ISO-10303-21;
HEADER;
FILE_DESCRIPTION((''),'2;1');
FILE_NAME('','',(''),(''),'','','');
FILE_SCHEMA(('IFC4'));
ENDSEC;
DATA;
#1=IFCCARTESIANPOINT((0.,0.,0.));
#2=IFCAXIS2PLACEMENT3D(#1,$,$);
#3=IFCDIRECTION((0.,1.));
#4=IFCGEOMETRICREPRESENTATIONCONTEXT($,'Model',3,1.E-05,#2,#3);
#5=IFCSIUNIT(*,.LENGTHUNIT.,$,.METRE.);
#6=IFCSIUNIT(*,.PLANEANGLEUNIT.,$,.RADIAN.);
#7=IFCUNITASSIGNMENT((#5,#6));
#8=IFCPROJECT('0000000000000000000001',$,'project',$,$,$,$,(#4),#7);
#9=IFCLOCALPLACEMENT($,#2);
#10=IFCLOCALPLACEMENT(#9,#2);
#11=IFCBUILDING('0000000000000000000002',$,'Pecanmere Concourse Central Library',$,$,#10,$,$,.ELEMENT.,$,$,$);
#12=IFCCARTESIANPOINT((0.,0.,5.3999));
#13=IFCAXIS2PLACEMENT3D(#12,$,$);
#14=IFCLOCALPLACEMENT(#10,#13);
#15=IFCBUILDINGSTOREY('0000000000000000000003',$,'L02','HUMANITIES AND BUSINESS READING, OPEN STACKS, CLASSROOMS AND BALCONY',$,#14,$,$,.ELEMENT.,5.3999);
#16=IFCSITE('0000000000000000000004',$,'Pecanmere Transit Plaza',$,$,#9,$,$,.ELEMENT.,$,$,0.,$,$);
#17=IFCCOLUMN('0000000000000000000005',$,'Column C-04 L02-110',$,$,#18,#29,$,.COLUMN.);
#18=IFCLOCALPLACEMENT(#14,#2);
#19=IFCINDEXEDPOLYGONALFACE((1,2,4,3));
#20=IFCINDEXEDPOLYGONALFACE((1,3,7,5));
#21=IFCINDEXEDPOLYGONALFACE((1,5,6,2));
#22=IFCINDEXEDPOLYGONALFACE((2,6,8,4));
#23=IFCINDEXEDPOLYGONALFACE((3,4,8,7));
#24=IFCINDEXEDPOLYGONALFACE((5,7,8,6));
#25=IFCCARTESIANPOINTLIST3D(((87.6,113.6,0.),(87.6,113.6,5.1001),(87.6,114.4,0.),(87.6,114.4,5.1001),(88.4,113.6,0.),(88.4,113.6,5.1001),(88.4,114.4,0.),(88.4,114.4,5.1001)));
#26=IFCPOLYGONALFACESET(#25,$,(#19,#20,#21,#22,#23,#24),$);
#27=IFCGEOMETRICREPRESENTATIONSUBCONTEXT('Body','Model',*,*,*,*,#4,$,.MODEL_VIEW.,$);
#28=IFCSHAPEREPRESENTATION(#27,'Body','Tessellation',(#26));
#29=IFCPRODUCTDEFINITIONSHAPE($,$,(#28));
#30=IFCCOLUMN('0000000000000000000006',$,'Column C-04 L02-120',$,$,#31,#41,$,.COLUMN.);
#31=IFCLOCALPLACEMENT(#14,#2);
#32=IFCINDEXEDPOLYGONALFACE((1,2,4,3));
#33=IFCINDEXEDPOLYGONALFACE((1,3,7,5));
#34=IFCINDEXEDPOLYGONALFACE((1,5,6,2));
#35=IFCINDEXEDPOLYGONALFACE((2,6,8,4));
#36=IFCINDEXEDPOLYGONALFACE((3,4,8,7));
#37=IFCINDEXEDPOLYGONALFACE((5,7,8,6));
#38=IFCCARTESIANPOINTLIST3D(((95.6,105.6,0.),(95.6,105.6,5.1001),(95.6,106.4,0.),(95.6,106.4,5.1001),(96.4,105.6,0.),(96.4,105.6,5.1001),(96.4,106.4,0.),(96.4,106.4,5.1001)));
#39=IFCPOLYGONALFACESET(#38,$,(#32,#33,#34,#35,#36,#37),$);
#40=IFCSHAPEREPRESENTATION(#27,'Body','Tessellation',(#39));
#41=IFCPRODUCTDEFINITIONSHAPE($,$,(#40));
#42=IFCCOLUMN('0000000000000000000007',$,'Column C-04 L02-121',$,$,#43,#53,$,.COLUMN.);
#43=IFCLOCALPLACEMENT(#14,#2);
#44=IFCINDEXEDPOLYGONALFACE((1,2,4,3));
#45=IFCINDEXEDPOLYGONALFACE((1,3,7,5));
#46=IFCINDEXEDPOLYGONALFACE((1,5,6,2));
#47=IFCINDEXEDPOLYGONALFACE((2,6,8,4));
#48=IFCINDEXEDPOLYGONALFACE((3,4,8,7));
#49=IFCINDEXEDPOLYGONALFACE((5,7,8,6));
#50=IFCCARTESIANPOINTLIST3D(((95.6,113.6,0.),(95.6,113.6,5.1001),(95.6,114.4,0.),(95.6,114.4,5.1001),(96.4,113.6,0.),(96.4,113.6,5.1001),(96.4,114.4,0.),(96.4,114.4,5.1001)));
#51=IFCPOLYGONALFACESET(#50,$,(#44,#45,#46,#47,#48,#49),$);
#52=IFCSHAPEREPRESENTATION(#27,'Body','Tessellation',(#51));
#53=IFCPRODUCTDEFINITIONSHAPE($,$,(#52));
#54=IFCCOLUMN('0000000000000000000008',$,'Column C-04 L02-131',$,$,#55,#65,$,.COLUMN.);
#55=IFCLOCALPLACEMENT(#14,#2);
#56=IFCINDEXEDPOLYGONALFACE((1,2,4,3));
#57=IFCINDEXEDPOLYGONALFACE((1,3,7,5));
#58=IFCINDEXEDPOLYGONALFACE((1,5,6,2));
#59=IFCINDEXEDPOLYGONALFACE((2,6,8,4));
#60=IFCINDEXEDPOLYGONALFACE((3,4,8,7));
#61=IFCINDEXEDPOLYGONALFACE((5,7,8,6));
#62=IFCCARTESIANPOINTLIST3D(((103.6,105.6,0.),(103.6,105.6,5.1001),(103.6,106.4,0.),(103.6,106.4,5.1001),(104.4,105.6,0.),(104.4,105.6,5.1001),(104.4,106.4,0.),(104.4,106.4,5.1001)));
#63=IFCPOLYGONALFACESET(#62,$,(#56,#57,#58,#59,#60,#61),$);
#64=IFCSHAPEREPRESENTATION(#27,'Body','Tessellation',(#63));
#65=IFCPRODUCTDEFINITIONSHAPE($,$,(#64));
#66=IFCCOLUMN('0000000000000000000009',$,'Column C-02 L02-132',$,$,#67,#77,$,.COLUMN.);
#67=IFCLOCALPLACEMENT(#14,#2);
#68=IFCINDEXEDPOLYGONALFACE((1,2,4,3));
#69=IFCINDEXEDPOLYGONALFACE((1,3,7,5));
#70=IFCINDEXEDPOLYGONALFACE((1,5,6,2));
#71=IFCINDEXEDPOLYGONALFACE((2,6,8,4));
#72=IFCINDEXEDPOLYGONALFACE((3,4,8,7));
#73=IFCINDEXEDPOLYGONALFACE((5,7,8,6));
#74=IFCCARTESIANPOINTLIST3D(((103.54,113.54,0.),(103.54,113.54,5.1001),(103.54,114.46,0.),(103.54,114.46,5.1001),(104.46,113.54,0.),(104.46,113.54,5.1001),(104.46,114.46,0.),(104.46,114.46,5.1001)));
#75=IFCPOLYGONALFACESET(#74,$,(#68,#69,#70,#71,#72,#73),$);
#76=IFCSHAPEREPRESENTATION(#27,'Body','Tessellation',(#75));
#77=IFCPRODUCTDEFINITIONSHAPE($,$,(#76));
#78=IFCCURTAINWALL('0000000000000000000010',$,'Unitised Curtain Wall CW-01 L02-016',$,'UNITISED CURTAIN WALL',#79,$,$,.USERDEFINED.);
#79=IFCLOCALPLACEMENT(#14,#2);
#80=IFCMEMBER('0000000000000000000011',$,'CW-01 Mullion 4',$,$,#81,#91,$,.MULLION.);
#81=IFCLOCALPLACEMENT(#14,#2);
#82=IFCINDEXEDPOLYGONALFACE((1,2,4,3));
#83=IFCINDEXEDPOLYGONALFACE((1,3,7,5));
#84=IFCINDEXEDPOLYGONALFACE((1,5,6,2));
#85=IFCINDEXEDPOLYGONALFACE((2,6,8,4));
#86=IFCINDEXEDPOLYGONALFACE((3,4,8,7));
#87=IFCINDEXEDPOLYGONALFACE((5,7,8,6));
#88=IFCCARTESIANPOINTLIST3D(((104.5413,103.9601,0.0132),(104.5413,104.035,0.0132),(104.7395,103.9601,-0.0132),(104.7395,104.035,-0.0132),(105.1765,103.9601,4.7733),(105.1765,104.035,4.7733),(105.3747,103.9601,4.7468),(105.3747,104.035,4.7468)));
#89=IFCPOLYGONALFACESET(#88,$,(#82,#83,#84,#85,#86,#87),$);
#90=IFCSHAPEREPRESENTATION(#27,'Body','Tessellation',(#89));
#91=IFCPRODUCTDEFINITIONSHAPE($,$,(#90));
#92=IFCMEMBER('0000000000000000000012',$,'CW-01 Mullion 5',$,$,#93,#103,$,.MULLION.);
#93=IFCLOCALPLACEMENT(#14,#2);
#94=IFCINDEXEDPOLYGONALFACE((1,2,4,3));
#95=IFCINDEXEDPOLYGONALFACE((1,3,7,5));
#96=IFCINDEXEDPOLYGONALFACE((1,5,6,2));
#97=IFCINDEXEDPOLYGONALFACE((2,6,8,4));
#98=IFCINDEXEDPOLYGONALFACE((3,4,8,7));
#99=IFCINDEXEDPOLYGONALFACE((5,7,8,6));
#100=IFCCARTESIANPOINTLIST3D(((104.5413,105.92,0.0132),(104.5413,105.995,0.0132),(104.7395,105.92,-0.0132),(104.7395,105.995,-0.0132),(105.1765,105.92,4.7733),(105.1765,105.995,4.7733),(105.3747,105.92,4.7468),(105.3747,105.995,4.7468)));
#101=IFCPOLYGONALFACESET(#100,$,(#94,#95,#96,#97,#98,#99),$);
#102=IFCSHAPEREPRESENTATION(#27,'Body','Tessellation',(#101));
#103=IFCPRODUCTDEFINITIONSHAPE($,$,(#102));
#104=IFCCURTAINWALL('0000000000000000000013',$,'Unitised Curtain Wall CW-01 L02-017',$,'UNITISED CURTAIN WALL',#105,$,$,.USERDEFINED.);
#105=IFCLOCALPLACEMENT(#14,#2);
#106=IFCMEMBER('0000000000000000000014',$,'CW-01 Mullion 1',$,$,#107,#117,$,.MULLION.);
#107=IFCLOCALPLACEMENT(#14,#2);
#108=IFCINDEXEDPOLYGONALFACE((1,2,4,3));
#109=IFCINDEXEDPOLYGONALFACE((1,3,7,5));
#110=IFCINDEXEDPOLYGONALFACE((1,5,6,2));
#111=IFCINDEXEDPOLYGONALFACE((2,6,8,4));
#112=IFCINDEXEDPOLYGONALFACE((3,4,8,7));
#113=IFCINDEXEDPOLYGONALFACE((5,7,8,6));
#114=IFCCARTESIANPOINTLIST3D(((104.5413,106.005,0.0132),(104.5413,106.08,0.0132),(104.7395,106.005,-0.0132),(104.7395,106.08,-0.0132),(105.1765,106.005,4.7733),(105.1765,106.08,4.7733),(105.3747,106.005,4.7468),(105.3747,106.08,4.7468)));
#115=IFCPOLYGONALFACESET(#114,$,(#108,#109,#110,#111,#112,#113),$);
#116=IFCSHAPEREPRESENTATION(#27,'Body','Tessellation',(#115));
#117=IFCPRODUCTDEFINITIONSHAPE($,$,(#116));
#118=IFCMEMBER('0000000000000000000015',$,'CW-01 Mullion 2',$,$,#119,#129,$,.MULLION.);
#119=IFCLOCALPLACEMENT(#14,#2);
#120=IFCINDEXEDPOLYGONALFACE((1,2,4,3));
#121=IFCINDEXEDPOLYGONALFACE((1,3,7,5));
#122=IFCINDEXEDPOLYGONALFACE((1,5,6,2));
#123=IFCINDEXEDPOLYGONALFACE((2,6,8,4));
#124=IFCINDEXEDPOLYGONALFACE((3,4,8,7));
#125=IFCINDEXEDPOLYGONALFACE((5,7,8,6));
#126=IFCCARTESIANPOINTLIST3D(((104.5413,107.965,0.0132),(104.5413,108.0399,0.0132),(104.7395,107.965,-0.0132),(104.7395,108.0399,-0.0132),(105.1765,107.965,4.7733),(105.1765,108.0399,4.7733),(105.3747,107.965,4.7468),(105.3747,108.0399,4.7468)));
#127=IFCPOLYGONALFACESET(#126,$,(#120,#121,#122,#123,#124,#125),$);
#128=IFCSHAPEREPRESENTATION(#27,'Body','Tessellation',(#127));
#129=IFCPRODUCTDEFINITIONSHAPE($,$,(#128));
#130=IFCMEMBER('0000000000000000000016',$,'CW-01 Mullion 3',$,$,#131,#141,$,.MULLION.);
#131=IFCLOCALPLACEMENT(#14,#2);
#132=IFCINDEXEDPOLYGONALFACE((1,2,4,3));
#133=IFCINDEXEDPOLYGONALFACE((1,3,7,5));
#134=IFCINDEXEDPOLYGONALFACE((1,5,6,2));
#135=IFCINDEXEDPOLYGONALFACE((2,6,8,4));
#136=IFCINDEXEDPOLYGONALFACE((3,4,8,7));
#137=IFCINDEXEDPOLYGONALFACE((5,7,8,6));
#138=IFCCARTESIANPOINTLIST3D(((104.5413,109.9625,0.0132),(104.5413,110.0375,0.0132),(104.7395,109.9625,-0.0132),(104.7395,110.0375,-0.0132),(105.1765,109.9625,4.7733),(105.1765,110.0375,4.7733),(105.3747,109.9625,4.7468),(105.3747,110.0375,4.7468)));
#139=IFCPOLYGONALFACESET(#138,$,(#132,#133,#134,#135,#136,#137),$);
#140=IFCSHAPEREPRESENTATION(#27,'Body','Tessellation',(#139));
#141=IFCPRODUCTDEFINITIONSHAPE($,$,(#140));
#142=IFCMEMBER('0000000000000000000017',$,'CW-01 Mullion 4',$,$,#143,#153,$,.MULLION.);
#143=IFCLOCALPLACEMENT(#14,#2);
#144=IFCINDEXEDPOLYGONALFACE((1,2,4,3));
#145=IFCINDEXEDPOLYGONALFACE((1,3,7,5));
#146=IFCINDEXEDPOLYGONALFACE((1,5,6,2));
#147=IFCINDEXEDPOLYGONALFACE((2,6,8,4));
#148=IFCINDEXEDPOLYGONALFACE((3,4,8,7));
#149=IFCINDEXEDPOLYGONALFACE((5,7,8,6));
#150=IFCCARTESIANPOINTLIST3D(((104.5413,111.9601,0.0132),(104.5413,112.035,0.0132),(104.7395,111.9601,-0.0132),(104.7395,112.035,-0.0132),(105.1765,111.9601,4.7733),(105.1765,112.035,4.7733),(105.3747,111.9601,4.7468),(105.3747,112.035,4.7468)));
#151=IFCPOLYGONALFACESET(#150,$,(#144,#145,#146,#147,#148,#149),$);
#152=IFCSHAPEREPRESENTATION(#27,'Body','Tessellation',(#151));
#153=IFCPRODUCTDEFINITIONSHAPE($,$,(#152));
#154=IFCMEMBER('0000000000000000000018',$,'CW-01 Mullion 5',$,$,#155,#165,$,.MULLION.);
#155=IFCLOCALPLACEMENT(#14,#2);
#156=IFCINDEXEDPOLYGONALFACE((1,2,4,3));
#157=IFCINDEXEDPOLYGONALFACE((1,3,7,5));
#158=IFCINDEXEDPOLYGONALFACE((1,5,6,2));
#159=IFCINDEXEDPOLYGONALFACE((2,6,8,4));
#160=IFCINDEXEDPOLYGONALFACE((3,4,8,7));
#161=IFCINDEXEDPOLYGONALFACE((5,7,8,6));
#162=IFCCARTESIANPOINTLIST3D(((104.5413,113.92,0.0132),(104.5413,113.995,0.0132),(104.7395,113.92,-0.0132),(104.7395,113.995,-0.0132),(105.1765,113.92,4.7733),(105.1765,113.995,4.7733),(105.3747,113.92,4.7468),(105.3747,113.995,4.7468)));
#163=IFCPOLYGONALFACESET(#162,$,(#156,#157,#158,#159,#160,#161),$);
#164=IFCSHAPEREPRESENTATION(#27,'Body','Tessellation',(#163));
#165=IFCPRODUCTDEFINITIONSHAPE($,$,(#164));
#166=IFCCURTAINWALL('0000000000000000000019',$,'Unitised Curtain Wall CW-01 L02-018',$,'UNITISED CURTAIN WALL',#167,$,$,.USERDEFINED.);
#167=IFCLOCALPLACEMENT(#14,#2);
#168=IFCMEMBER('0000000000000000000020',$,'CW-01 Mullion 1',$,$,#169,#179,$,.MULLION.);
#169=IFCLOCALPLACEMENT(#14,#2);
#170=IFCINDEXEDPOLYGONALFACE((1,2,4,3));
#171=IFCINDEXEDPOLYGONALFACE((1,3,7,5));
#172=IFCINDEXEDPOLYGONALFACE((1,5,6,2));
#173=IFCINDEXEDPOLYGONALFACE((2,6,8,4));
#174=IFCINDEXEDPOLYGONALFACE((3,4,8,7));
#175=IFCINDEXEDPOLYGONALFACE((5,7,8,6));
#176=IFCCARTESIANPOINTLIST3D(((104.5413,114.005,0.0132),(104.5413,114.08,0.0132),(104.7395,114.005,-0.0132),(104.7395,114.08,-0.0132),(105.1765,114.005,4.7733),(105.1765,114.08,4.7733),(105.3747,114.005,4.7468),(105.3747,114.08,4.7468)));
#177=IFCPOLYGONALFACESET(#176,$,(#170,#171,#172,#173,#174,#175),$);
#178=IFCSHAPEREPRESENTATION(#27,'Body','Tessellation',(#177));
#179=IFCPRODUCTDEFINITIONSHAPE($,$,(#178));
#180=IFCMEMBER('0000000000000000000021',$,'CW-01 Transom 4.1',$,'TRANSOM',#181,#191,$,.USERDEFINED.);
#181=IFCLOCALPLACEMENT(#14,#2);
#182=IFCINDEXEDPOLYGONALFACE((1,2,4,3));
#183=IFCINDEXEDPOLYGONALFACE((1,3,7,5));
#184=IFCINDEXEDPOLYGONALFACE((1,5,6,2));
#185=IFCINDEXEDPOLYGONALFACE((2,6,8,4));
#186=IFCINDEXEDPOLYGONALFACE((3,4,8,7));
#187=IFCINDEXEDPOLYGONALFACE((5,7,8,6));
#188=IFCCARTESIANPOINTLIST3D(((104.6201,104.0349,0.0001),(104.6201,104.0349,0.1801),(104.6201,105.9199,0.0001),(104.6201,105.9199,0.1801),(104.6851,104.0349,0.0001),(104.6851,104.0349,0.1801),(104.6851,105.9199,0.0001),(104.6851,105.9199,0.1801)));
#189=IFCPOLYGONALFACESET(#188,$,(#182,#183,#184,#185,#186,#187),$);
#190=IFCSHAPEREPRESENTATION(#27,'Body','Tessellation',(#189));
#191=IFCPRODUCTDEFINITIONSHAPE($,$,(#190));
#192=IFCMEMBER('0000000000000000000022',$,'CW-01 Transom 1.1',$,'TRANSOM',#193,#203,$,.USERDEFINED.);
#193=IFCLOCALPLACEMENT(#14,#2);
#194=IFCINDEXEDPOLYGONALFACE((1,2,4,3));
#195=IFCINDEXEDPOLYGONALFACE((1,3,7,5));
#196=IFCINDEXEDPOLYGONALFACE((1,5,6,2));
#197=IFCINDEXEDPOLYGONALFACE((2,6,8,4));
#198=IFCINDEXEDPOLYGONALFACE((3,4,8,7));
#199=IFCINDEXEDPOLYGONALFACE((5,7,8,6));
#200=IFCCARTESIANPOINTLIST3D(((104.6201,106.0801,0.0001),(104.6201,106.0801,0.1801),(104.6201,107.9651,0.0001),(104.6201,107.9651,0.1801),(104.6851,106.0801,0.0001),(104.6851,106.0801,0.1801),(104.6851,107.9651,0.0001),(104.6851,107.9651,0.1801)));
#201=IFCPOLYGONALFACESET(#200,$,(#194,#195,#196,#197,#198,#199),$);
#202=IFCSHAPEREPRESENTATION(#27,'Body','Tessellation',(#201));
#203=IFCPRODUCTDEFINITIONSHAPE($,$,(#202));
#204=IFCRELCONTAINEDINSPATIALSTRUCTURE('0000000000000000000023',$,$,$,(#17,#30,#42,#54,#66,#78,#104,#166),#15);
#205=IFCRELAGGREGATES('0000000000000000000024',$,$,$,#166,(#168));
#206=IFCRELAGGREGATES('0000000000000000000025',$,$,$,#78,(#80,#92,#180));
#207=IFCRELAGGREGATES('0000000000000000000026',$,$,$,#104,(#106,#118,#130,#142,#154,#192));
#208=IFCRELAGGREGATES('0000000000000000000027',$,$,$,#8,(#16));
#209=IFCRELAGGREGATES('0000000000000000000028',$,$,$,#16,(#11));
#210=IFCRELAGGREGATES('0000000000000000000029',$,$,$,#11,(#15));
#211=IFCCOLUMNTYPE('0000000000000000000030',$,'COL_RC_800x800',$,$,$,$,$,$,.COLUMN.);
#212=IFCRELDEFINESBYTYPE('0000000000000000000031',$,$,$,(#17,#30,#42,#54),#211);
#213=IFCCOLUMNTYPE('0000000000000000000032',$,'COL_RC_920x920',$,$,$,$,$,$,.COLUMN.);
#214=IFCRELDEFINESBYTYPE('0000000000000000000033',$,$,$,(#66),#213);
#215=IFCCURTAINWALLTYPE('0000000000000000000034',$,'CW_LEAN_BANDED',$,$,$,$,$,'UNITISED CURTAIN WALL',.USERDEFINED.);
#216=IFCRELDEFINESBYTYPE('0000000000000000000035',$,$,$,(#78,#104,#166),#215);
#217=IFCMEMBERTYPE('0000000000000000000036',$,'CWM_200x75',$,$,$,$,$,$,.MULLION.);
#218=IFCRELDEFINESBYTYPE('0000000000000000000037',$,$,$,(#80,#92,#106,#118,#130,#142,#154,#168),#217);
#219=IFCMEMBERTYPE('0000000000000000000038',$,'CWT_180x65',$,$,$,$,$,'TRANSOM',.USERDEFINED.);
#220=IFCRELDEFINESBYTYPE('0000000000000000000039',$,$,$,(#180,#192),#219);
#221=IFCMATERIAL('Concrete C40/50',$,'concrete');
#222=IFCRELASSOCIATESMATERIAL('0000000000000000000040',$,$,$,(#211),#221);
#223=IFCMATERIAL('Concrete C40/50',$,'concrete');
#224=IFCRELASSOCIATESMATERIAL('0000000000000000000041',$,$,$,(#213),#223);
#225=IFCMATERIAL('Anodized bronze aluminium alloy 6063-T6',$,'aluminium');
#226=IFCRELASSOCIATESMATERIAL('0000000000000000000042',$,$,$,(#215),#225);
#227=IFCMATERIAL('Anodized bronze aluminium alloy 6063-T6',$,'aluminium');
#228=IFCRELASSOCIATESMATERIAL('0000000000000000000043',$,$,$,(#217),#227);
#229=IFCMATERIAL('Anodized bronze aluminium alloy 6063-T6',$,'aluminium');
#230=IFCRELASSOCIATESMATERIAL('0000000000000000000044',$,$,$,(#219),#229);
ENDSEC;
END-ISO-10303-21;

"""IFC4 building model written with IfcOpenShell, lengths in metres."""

from ifc_helpers import new_model, si_unit, direction, frame, origin, origin_2d, place, context, subcontext, project, spatial, rectangle, extrude, material, material_profile, profile_set, type_object, element, aggregate, save


model = new_model("IFC4")

# Units and contexts
model_context = context("Model", 3, precision=1e-05, world=origin(), true_north=direction((0.0, 1.0)))
body_context = subcontext(model_context, "Body", "Model", "MODEL_VIEW")
ifc_project = project(units=[si_unit("LENGTHUNIT", "METRE"), si_unit("PLANEANGLEUNIT", "RADIAN")], contexts=[model_context])

# Site, building, storey
site_placement = place(None, origin())
site = spatial("IfcSite", under=ifc_project, at=site_placement, Name="Pecanmere Transit Plaza", CompositionType="ELEMENT", RefElevation=0.0)
building_placement = place(site_placement, origin())
building = spatial("IfcBuilding", under=site, at=building_placement, Name="Pecanmere Concourse Central Library", CompositionType="ELEMENT")
storey_placement = place(building_placement, frame((0.0, 0.0, 5.3999)))
storey = spatial("IfcBuildingStorey", under=building, at=storey_placement, Name="L02", Description="HUMANITIES AND BUSINESS READING, OPEN STACKS, CLASSROOMS AND BALCONY", CompositionType="ELEMENT", Elevation=5.3999)

# Columns
ifc_material_1 = material(Name="Concrete C40/50", Category="concrete")
ifc_material_profile_1 = material_profile(ifc_material_1, rectangle(XDim=0.8, YDim=0.8, at=origin_2d()), Name="RC 800x800")
ifc_profile_set_1 = profile_set([ifc_material_profile_1], Name="Concrete C40/50")
column_type_1 = type_object("IfcColumnType", Name="COL_RC_800x800", PredefinedType="COLUMN", material=ifc_profile_set_1)
for number, where, z_axis, x_axis, name in (
    (1, (88.0, 114.0, 0.0), (0.0, 0.0, 1.0), (1.0, 0.0, 0.0), "Column C-04 L02-110"),
    (2, (96.0, 106.0, 0.0), (0.0, 0.0, 1.0), (1.0, 0.0, 0.0), "Column C-04 L02-120"),
    (3, (96.0, 114.0, 0.0), (0.0, 0.0, 1.0), (1.0, 0.0, 0.0), "Column C-04 L02-121"),
    (4, (104.0, 106.0, 0.0), (0.0, 0.0, 1.0), (1.0, 0.0, 0.0), "Column C-04 L02-131"),
):
    element("IfcColumn", number, at=place(storey_placement, frame(where, z_axis=z_axis, x_axis=x_axis)), inside=storey, type_object=column_type_1, Name=name, PredefinedType="COLUMN", context=body_context, shape_type="SweptSolid", body=[
        extrude(rectangle(XDim=0.8, YDim=0.8, at=origin_2d()), origin(), (0.0, 0.0, 1.0), 5.1001),
    ])
ifc_material_2 = material(Name="Concrete C40/50", Category="concrete")
ifc_material_profile_2 = material_profile(ifc_material_2, rectangle(XDim=0.9199, YDim=0.9199, at=origin_2d()), Name="RC 920x920")
ifc_profile_set_2 = profile_set([ifc_material_profile_2], Name="Concrete C40/50")
column_type_2 = type_object("IfcColumnType", Name="COL_RC_920x920", PredefinedType="COLUMN", material=ifc_profile_set_2)
column_placement = place(storey_placement, frame((104.0, 114.0, 0.0), z_axis=(0.0, 0.0, 1.0), x_axis=(1.0, 0.0, 0.0)))
element("IfcColumn", 5, at=column_placement, inside=storey, type_object=column_type_2, Name="Column C-02 L02-132", PredefinedType="COLUMN", context=body_context, shape_type="SweptSolid", body=[
    extrude(rectangle(XDim=0.9199, YDim=0.9199, at=origin_2d()), origin(), (0.0, 0.0, 1.0), 5.1001),
])

# Curtain walls, members
ifc_material_3 = material(Name="Anodized bronze aluminium alloy 6063-T6", Category="aluminium")
curtain_wall_type = type_object("IfcCurtainWallType", Name="CW_LEAN_BANDED", ElementType="UNITISED CURTAIN WALL", PredefinedType="USERDEFINED", material=ifc_material_3)
curtain_wall_1_placement = place(storey_placement, origin())
curtain_wall_1 = element("IfcCurtainWall", 6, at=curtain_wall_1_placement, inside=storey, type_object=curtain_wall_type, Name="Unitised Curtain Wall CW-01 L02-016", ObjectType="UNITISED CURTAIN WALL", PredefinedType="USERDEFINED")
ifc_material_4 = material(Name="Anodized bronze aluminium alloy 6063-T6", Category="aluminium")
ifc_material_profile_3 = material_profile(ifc_material_4, rectangle(XDim=0.075, YDim=0.2, at=origin_2d()), Name="AL 75x200")
ifc_profile_set_3 = profile_set([ifc_material_profile_3], Name="Anodized bronze aluminium alloy 6063-T6")
member_type_1 = type_object("IfcMemberType", Name="CWM_200x75", PredefinedType="MULLION", material=ifc_profile_set_3)
member_1_placement = place(storey_placement, frame((104.6404, 103.9976, 0.0), z_axis=(0.132284, 0.0, 0.991212), x_axis=(0.0, 1.0, 0.0)))
member_1 = element("IfcMember", 7, at=member_1_placement, type_object=member_type_1, Name="CW-01 Mullion 4", PredefinedType="MULLION", context=body_context, shape_type="SweptSolid", body=[
    extrude(rectangle(XDim=0.075, YDim=0.2, at=origin_2d()), origin(), (0.0, 0.0, 1.0), 4.8022),
])
member_2_placement = place(storey_placement, frame((104.6404, 105.9575, 0.0), z_axis=(0.132284, 0.0, 0.991212), x_axis=(0.0, 1.0, 0.0)))
member_2 = element("IfcMember", 8, at=member_2_placement, type_object=member_type_1, Name="CW-01 Mullion 5", PredefinedType="MULLION", context=body_context, shape_type="SweptSolid", body=[
    extrude(rectangle(XDim=0.075, YDim=0.2, at=origin_2d()), origin(), (0.0, 0.0, 1.0), 4.8022),
])
curtain_wall_2_placement = place(storey_placement, origin())
curtain_wall_2 = element("IfcCurtainWall", 9, at=curtain_wall_2_placement, inside=storey, type_object=curtain_wall_type, Name="Unitised Curtain Wall CW-01 L02-017", ObjectType="UNITISED CURTAIN WALL", PredefinedType="USERDEFINED")
member_3_placement = place(storey_placement, frame((104.6404, 106.0425, 0.0), z_axis=(0.132284, 0.0, 0.991212), x_axis=(0.0, 1.0, 0.0)))
member_3 = element("IfcMember", 10, at=member_3_placement, type_object=member_type_1, Name="CW-01 Mullion 1", PredefinedType="MULLION", context=body_context, shape_type="SweptSolid", body=[
    extrude(rectangle(XDim=0.075, YDim=0.2, at=origin_2d()), origin(), (0.0, 0.0, 1.0), 4.8022),
])
member_4_placement = place(storey_placement, frame((104.6404, 108.0024, 0.0), z_axis=(0.132284, 0.0, 0.991212), x_axis=(0.0, 1.0, 0.0)))
member_4 = element("IfcMember", 11, at=member_4_placement, type_object=member_type_1, Name="CW-01 Mullion 2", PredefinedType="MULLION", context=body_context, shape_type="SweptSolid", body=[
    extrude(rectangle(XDim=0.075, YDim=0.2, at=origin_2d()), origin(), (0.0, 0.0, 1.0), 4.8022),
])
member_5_placement = place(storey_placement, frame((104.6404, 110.0, 0.0), z_axis=(0.132284, 0.0, 0.991212), x_axis=(0.0, 1.0, 0.0)))
member_5 = element("IfcMember", 12, at=member_5_placement, type_object=member_type_1, Name="CW-01 Mullion 3", PredefinedType="MULLION", context=body_context, shape_type="SweptSolid", body=[
    extrude(rectangle(XDim=0.075, YDim=0.2, at=origin_2d()), origin(), (0.0, 0.0, 1.0), 4.8022),
])
member_6_placement = place(storey_placement, frame((104.6404, 111.9976, 0.0), z_axis=(0.132284, 0.0, 0.991212), x_axis=(0.0, 1.0, 0.0)))
member_6 = element("IfcMember", 13, at=member_6_placement, type_object=member_type_1, Name="CW-01 Mullion 4", PredefinedType="MULLION", context=body_context, shape_type="SweptSolid", body=[
    extrude(rectangle(XDim=0.075, YDim=0.2, at=origin_2d()), origin(), (0.0, 0.0, 1.0), 4.8022),
])
member_7_placement = place(storey_placement, frame((104.6404, 113.9575, 0.0), z_axis=(0.132284, 0.0, 0.991212), x_axis=(0.0, 1.0, 0.0)))
member_7 = element("IfcMember", 14, at=member_7_placement, type_object=member_type_1, Name="CW-01 Mullion 5", PredefinedType="MULLION", context=body_context, shape_type="SweptSolid", body=[
    extrude(rectangle(XDim=0.075, YDim=0.2, at=origin_2d()), origin(), (0.0, 0.0, 1.0), 4.8022),
])

# Curtain wall, member
curtain_wall_3_placement = place(storey_placement, origin())
curtain_wall_3 = element("IfcCurtainWall", 15, at=curtain_wall_3_placement, inside=storey, type_object=curtain_wall_type, Name="Unitised Curtain Wall CW-01 L02-018", ObjectType="UNITISED CURTAIN WALL", PredefinedType="USERDEFINED")
member_8_placement = place(storey_placement, frame((104.6404, 114.0425, 0.0), z_axis=(0.132284, 0.0, 0.991212), x_axis=(0.0, 1.0, 0.0)))
member_8 = element("IfcMember", 16, at=member_8_placement, type_object=member_type_1, Name="CW-01 Mullion 1", PredefinedType="MULLION", context=body_context, shape_type="SweptSolid", body=[
    extrude(rectangle(XDim=0.075, YDim=0.2, at=origin_2d()), origin(), (0.0, 0.0, 1.0), 4.8022),
])

# Members
ifc_material_5 = material(Name="Anodized bronze aluminium alloy 6063-T6", Category="aluminium")
ifc_material_profile_4 = material_profile(ifc_material_5, rectangle(XDim=0.0649, YDim=0.1799, at=origin_2d()), Name="AL 65x180")
ifc_profile_set_4 = profile_set([ifc_material_profile_4], Name="Anodized bronze aluminium alloy 6063-T6")
member_type_2 = type_object("IfcMemberType", Name="CWT_180x65", ElementType="TRANSOM", PredefinedType="USERDEFINED", material=ifc_profile_set_4)
member_9_placement = place(storey_placement, frame((104.6526, 104.0349, 0.0901), z_axis=(0.0, 1.0, 0.0), x_axis=(-1.0, 0.0, 0.0)))
member_9 = element("IfcMember", 17, at=member_9_placement, type_object=member_type_2, Name="CW-01 Transom 4.1", ObjectType="TRANSOM", PredefinedType="USERDEFINED", context=body_context, shape_type="SweptSolid", body=[
    extrude(rectangle(XDim=0.0649, YDim=0.1799, at=origin_2d()), origin(), (0.0, 0.0, 1.0), 1.885),
])
member_10_placement = place(storey_placement, frame((104.6526, 106.0801, 0.0901), z_axis=(0.0, 1.0, 0.0), x_axis=(-1.0, 0.0, 0.0)))
member_10 = element("IfcMember", 18, at=member_10_placement, type_object=member_type_2, Name="CW-01 Transom 1.1", ObjectType="TRANSOM", PredefinedType="USERDEFINED", context=body_context, shape_type="SweptSolid", body=[
    extrude(rectangle(XDim=0.0649, YDim=0.1799, at=origin_2d()), origin(), (0.0, 0.0, 1.0), 1.885),
])
aggregate(curtain_wall_3, [member_8])

aggregate(curtain_wall_1, [member_1, member_2, member_9])
aggregate(curtain_wall_2, [member_3, member_4, member_5, member_6, member_7, member_10])

save(model, "model.ifc")
